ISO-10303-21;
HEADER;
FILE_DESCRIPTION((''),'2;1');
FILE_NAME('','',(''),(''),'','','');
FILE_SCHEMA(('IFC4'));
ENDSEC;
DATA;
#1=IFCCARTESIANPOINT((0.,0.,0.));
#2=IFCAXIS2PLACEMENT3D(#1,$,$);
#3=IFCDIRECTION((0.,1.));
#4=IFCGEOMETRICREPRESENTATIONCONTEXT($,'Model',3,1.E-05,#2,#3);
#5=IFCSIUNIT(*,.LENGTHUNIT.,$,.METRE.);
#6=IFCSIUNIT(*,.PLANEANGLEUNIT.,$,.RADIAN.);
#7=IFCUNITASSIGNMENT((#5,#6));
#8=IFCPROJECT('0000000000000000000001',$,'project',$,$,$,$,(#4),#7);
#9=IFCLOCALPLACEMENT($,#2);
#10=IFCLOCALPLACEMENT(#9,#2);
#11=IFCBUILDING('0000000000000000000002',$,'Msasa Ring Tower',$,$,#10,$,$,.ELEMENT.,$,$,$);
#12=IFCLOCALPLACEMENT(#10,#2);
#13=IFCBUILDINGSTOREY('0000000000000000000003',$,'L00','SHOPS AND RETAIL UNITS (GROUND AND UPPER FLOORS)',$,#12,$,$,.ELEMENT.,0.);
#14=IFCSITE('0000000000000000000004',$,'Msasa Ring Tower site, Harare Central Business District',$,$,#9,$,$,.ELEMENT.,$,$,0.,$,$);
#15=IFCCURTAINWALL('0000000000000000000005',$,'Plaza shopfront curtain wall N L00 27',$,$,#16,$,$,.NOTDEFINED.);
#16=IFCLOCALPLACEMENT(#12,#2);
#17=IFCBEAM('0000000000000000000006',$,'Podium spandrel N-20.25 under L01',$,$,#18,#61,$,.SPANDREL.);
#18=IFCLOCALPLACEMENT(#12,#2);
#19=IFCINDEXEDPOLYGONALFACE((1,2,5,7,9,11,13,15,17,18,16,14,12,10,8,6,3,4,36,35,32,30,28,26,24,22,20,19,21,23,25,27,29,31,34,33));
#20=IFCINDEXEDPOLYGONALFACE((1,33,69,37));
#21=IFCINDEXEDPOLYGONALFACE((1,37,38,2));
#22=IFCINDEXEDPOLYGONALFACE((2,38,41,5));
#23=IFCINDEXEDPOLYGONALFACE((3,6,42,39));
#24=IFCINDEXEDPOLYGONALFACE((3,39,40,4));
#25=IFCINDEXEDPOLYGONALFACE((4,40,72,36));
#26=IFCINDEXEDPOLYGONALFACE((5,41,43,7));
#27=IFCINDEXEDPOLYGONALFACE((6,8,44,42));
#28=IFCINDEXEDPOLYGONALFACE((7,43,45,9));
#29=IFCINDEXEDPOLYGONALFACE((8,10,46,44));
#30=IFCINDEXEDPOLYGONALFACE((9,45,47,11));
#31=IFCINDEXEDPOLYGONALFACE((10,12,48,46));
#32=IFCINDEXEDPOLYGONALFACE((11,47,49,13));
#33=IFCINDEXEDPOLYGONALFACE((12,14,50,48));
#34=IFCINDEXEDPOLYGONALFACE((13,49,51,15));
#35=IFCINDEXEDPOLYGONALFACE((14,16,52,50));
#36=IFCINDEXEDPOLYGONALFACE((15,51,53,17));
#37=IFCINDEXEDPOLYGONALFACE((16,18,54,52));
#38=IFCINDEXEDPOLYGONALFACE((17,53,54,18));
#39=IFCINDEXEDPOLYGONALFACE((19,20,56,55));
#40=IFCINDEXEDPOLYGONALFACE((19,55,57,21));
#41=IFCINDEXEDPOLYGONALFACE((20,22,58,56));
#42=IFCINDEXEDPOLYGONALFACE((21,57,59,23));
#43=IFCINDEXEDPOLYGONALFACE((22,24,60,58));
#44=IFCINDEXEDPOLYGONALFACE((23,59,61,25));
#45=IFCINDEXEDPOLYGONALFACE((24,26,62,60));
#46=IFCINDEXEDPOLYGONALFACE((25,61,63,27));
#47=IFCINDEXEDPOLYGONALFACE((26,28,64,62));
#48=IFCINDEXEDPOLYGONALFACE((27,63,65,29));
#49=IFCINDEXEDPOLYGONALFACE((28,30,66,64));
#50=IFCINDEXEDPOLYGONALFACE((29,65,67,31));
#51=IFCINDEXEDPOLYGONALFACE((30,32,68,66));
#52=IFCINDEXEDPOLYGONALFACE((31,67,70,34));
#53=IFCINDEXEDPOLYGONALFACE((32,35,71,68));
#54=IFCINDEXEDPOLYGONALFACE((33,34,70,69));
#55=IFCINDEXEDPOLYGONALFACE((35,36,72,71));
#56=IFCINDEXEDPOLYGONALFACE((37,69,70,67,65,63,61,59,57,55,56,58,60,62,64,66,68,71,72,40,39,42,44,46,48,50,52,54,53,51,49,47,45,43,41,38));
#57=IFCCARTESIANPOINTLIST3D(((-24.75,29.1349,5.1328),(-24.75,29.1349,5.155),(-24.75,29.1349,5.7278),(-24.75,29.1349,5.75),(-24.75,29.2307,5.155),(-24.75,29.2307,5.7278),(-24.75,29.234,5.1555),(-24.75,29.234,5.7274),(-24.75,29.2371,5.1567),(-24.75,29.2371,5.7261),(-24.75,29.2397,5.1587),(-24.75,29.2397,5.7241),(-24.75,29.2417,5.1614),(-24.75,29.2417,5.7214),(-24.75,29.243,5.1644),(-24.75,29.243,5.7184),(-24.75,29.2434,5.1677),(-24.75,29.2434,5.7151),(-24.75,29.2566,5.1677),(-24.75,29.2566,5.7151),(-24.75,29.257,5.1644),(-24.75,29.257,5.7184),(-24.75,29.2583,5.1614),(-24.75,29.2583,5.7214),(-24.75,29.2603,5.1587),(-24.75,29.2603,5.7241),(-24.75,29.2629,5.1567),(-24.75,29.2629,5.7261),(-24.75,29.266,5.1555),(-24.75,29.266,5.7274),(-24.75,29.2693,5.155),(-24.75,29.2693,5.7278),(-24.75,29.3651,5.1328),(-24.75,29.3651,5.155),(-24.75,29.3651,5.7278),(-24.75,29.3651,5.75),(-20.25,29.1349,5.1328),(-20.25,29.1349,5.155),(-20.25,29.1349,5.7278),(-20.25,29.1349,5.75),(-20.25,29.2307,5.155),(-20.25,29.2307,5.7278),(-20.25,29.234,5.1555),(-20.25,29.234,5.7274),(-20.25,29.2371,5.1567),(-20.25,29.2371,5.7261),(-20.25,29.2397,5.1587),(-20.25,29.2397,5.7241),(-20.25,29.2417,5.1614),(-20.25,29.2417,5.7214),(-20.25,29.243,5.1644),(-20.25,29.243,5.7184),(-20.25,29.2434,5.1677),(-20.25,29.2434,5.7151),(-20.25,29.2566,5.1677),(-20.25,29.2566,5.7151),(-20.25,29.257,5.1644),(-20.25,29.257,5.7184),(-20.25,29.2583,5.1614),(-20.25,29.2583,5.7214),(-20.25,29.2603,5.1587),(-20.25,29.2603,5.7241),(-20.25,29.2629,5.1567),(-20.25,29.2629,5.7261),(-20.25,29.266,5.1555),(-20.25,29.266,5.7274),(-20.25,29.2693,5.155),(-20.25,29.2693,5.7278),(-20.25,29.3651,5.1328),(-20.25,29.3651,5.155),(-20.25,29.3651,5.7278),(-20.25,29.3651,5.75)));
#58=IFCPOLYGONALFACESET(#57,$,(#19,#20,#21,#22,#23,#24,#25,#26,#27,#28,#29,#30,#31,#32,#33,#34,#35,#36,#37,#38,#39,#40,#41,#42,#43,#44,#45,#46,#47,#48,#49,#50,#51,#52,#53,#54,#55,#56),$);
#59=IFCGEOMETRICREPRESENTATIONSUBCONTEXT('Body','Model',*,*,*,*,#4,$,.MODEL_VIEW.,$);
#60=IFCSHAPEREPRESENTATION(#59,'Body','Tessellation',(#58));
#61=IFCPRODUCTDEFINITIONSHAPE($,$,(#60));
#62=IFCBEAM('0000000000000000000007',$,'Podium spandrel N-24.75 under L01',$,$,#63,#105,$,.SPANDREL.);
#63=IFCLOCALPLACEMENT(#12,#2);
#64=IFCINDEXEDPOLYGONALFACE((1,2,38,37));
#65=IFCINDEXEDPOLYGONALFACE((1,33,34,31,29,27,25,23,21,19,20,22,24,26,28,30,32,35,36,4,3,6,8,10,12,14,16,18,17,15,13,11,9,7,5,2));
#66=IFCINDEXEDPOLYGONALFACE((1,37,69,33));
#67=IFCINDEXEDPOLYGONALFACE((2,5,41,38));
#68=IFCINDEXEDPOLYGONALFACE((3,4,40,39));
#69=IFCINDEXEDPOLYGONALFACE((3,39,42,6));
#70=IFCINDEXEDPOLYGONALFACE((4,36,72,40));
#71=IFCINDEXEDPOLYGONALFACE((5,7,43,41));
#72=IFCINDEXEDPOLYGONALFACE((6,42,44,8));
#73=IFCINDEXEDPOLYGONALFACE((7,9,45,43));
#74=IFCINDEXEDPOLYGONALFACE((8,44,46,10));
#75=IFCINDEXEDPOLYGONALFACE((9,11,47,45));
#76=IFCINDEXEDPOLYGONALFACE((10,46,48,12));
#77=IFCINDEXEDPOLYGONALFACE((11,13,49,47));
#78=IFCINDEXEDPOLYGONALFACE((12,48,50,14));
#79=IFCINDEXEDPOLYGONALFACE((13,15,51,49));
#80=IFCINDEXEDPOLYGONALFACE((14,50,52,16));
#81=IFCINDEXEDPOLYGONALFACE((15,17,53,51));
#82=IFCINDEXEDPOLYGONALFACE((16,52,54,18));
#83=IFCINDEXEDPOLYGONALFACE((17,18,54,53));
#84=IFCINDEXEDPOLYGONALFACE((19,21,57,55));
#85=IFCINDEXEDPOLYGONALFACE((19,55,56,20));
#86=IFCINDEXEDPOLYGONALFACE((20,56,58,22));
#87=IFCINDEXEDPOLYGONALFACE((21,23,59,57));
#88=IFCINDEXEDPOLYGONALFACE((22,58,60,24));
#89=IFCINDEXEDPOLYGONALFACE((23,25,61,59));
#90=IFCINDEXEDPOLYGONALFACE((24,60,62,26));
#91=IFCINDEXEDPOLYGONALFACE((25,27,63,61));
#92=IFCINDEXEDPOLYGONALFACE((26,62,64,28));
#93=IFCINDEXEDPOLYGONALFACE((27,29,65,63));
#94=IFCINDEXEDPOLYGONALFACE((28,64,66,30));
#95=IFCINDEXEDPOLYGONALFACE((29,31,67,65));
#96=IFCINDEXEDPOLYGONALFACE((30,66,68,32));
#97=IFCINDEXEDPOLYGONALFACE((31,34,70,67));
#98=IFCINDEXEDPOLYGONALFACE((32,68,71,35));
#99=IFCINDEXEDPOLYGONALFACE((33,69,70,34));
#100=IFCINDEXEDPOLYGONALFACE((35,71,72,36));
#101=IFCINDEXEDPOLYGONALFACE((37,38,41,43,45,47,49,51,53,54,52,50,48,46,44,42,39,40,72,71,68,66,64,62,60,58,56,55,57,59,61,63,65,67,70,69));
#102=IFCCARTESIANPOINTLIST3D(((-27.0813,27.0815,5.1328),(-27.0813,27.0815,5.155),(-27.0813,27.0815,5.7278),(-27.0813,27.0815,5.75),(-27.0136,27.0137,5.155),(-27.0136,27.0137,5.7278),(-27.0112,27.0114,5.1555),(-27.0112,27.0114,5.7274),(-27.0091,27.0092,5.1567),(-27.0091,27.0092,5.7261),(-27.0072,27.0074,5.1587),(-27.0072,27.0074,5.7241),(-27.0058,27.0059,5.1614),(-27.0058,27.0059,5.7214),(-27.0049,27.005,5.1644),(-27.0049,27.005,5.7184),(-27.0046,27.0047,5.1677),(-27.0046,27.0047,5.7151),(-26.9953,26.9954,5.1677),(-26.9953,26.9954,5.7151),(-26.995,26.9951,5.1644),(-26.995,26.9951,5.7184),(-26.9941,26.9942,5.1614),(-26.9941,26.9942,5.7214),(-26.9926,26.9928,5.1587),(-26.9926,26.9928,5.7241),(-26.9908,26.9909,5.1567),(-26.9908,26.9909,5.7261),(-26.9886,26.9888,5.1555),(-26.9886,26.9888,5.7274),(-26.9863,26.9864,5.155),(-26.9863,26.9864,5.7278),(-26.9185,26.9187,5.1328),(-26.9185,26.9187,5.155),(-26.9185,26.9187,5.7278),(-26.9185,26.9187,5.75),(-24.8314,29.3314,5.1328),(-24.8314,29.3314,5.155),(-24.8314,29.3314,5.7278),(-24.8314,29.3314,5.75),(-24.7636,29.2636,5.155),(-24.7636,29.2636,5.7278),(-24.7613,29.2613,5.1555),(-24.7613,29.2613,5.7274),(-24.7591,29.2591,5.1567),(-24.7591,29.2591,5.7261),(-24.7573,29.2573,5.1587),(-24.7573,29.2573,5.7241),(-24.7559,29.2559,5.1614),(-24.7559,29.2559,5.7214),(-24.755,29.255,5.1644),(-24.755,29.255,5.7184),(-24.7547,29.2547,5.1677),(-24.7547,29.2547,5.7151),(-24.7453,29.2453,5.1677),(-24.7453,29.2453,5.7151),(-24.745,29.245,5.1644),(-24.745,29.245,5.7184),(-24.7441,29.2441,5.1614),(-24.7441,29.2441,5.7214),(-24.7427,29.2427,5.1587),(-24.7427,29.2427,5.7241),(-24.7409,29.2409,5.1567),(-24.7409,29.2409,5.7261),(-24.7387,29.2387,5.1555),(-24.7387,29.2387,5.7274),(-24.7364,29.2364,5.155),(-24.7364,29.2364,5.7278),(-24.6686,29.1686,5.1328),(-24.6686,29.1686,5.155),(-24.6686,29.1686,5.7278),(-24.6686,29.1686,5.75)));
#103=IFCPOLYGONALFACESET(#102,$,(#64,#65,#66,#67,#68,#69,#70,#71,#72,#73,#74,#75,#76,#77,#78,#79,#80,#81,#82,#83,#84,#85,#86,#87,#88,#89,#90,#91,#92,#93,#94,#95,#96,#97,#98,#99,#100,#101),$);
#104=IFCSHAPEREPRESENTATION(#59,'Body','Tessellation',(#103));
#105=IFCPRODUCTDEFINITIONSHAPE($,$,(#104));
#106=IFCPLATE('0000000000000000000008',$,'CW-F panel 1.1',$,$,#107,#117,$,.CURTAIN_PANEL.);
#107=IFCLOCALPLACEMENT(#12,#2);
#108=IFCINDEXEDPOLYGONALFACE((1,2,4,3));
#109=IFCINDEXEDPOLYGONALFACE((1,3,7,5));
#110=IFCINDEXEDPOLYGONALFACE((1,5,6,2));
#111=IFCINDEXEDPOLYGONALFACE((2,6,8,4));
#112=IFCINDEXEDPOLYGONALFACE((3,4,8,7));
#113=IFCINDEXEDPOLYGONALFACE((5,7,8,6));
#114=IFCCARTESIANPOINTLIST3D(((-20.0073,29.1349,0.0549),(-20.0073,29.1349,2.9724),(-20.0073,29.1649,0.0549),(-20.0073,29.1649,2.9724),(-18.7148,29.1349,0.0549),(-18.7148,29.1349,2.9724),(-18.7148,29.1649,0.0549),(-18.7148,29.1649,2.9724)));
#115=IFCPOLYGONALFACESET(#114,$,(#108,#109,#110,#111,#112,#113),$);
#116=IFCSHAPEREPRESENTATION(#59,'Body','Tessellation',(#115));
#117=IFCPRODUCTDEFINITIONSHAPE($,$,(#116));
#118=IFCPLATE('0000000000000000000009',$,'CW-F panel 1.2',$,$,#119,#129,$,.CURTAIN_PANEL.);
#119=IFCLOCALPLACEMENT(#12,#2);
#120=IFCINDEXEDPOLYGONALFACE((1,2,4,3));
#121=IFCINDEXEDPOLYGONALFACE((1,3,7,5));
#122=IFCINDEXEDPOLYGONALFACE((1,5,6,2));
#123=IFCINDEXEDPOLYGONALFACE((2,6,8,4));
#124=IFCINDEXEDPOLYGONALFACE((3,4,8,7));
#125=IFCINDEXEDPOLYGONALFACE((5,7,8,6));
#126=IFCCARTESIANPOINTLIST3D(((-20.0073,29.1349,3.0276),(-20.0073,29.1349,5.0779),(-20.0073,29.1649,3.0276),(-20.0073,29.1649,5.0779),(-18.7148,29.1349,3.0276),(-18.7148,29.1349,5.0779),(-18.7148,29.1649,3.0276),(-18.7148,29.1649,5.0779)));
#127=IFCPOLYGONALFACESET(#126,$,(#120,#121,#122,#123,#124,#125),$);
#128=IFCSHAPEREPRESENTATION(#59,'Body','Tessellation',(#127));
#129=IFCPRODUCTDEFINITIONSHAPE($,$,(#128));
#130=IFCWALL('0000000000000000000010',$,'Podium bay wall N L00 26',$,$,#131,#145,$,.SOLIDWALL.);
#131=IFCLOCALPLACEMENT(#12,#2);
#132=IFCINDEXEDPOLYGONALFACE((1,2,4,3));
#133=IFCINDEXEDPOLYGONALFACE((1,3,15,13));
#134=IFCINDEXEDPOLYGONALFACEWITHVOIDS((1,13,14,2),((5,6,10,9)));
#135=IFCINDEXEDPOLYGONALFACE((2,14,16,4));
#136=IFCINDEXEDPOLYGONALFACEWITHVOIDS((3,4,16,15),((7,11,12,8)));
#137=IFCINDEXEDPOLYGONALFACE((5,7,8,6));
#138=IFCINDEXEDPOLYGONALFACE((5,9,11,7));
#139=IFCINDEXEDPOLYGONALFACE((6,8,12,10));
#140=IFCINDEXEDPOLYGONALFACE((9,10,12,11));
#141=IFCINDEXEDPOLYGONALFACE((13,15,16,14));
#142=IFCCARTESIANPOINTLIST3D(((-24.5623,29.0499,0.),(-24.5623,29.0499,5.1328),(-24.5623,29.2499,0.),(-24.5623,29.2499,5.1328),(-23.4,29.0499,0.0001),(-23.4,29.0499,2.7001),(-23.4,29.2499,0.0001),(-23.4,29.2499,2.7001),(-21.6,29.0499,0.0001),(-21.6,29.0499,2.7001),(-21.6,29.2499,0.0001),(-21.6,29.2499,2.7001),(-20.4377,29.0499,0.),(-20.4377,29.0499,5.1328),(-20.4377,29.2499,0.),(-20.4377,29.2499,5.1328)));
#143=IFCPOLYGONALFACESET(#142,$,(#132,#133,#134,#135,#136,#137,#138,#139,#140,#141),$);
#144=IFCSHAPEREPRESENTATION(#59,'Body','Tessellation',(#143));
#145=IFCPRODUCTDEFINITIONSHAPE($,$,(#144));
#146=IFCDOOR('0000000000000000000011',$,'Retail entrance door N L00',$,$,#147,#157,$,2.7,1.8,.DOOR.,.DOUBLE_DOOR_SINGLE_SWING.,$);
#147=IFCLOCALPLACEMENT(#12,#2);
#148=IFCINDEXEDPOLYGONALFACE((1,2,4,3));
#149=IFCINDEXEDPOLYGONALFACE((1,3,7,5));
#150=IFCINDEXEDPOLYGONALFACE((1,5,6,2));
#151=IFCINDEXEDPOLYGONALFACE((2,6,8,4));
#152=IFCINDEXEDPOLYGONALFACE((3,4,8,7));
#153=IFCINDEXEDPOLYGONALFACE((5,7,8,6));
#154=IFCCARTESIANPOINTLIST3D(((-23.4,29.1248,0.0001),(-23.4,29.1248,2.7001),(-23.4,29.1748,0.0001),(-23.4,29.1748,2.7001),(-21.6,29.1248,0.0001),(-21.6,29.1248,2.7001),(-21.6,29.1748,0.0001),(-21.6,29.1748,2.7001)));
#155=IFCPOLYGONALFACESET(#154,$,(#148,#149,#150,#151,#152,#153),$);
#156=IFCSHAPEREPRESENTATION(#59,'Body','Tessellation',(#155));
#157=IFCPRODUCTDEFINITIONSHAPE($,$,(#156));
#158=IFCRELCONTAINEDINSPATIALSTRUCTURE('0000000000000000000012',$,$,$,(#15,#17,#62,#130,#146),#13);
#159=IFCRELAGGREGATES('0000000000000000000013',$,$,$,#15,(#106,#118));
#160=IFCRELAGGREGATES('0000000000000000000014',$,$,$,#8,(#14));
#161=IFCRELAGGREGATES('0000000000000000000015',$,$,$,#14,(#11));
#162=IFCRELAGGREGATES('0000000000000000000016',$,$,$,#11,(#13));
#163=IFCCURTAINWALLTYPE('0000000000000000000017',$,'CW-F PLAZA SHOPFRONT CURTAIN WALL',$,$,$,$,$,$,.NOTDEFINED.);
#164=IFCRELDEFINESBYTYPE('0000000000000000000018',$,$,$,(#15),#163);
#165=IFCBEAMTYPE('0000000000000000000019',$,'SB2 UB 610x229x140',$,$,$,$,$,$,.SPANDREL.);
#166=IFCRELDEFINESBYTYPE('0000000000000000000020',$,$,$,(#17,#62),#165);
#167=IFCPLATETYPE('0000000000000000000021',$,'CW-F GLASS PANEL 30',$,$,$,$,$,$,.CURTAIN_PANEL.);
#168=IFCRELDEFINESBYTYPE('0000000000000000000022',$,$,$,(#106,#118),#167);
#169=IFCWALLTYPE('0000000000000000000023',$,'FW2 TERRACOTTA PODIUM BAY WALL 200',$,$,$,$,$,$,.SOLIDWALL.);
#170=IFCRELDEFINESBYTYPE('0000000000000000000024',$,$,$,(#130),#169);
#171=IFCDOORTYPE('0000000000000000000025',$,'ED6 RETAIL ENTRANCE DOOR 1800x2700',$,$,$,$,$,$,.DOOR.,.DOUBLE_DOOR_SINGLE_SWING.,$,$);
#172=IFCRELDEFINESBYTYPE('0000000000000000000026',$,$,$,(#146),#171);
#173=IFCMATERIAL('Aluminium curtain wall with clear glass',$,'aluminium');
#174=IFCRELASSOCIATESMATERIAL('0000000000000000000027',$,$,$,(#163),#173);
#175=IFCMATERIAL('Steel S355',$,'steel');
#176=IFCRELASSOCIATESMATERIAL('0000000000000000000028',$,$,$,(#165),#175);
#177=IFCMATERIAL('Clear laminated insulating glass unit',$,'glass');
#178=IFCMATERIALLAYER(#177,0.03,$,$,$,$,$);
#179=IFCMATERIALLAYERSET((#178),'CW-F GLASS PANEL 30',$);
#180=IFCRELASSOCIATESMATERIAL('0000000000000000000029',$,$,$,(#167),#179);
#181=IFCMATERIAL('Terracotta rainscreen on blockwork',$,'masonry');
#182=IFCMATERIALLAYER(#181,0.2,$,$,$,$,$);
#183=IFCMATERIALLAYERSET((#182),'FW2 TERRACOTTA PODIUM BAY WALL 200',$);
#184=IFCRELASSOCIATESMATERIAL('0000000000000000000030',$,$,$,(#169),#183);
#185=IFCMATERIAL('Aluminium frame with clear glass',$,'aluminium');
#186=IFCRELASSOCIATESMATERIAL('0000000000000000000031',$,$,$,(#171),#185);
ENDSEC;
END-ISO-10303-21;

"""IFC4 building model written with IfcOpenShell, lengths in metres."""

from ifc_helpers import new_model, si_unit, direction, frame, frame_2d, origin, origin_2d, place, context, subcontext, project, spatial, rectangle, i_section, extrude, material, layer, layer_set, material_profile, profile_set, type_object, element, fill, aggregate, save


model = new_model("IFC4")

# Units and contexts
model_context = context("Model", 3, precision=1e-05, world=origin(), true_north=direction((0.0, 1.0)))
body_context = subcontext(model_context, "Body", "Model", "MODEL_VIEW")
ifc_project = project(units=[si_unit("LENGTHUNIT", "METRE"), si_unit("PLANEANGLEUNIT", "RADIAN")], contexts=[model_context])

# Site, building, storey
site_placement = place(None, origin())
site = spatial("IfcSite", under=ifc_project, at=site_placement, Name="Msasa Ring Tower site, Harare Central Business District", CompositionType="ELEMENT", RefElevation=0.0)
building_placement = place(site_placement, origin())
building = spatial("IfcBuilding", under=site, at=building_placement, Name="Msasa Ring Tower", CompositionType="ELEMENT")
storey_placement = place(building_placement, origin())
storey = spatial("IfcBuildingStorey", under=building, at=storey_placement, Name="L00", Description="SHOPS AND RETAIL UNITS (GROUND AND UPPER FLOORS)", CompositionType="ELEMENT", Elevation=0.0)

# Curtain wall
ifc_material_1 = material(Name="Aluminium curtain wall with clear glass", Category="aluminium")
curtain_wall_type_1 = type_object("IfcCurtainWallType", Name="CW-F PLAZA SHOPFRONT CURTAIN WALL", PredefinedType="NOTDEFINED", material=ifc_material_1)
curtain_wall_1_placement = place(storey_placement, origin())
curtain_wall_1 = element("IfcCurtainWall", 1, at=curtain_wall_1_placement, inside=storey, type_object=curtain_wall_type_1, Name="Plaza shopfront curtain wall N L00 27", PredefinedType="NOTDEFINED")

# Beams
ifc_material_2 = material(Name="Steel S355", Category="steel")
ifc_material_profile_1 = material_profile(ifc_material_2, i_section(OverallWidth=0.2302, OverallDepth=0.6172, WebThickness=0.0132, FlangeThickness=0.0222, FilletRadius=0.0127, at=origin_2d()), Name="UB 610x229x140")
ifc_profile_set_1 = profile_set([ifc_material_profile_1], Name="Steel S355")
beam_type_1 = type_object("IfcBeamType", Name="SB2 UB 610x229x140", PredefinedType="SPANDREL", material=ifc_profile_set_1)
beam_1_placement = place(storey_placement, frame((-20.25, 29.25, 5.4414), z_axis=(-1.0, 0.0, 0.0), x_axis=(0.0, -1.0, 0.0)))
element("IfcBeam", 2, at=beam_1_placement, inside=storey, type_object=beam_type_1, Name="Podium spandrel N-20.25 under L01", PredefinedType="SPANDREL", context=body_context, shape_type="SweptSolid", body=[
    extrude(i_section(OverallWidth=0.2302, OverallDepth=0.6172, WebThickness=0.0132, FlangeThickness=0.0222, FilletRadius=0.0127, at=origin_2d()), origin(), (0.0, 0.0, 1.0), 4.5),
])
beam_2_placement = place(storey_placement, frame((-24.75, 29.25, 5.4414), z_axis=(-0.707107, -0.707107, 0.0), x_axis=(0.707107, -0.707107, 0.0)))
element("IfcBeam", 3, at=beam_2_placement, inside=storey, type_object=beam_type_1, Name="Podium spandrel N-24.75 under L01", PredefinedType="SPANDREL", context=body_context, shape_type="SweptSolid", body=[
    extrude(i_section(OverallWidth=0.2302, OverallDepth=0.6172, WebThickness=0.0132, FlangeThickness=0.0222, FilletRadius=0.0127, at=origin_2d()), origin(), (0.0, 0.0, 1.0), 3.1819),
])

# Plates
ifc_material_3 = material(Name="Clear laminated insulating glass unit", Category="glass")
ifc_layer_1 = layer(ifc_material_3, 0.03)
ifc_layer_set_1 = layer_set([ifc_layer_1], Name="CW-F GLASS PANEL 30")
plate_type = type_object("IfcPlateType", Name="CW-F GLASS PANEL 30", PredefinedType="CURTAIN_PANEL", material=ifc_layer_set_1)
plate_1_placement = place(storey_placement, frame((-19.3611, 29.1499, 0.0549), z_axis=(0.0, 0.0, 1.0), x_axis=(1.0, 0.0, 0.0)))
plate_1 = element("IfcPlate", 4, at=plate_1_placement, type_object=plate_type, Name="CW-F panel 1.1", PredefinedType="CURTAIN_PANEL", context=body_context, shape_type="SweptSolid", body=[
    extrude(rectangle(XDim=1.2925, YDim=0.03, at=origin_2d()), origin(), (0.0, 0.0, 1.0), 2.9175),
])
plate_2_placement = place(storey_placement, frame((-19.3611, 29.1499, 3.0276), z_axis=(0.0, 0.0, 1.0), x_axis=(1.0, 0.0, 0.0)))
plate_2 = element("IfcPlate", 5, at=plate_2_placement, type_object=plate_type, Name="CW-F panel 1.2", PredefinedType="CURTAIN_PANEL", context=body_context, shape_type="SweptSolid", body=[
    extrude(rectangle(XDim=1.2925, YDim=0.03, at=origin_2d()), origin(), (0.0, 0.0, 1.0), 2.0503),
])
aggregate(curtain_wall_1, [plate_1, plate_2])

# Wall, opening, door
ifc_material_4 = material(Name="Terracotta rainscreen on blockwork", Category="masonry")
ifc_layer_2 = layer(ifc_material_4, 0.2)
ifc_layer_set_2 = layer_set([ifc_layer_2], Name="FW2 TERRACOTTA PODIUM BAY WALL 200")
wall_type = type_object("IfcWallType", Name="FW2 TERRACOTTA PODIUM BAY WALL 200", PredefinedType="SOLIDWALL", material=ifc_layer_set_2)
wall_placement = place(storey_placement, frame((-24.5623, 29.1499, 0.0), z_axis=(0.0, 0.0, 1.0), x_axis=(1.0, 0.0, 0.0)))
wall = element("IfcWall", 6, at=wall_placement, inside=storey, type_object=wall_type, Name="Podium bay wall N L00 26", PredefinedType="SOLIDWALL", context=body_context, shape_type="SweptSolid", body=[
    extrude(rectangle(XDim=4.1245, YDim=0.2, at=frame_2d((2.0623, 0.0))), origin(), (0.0, 0.0, 1.0), 5.1328),
])
opening_placement = place(wall_placement, frame((1.1624, 0.0, 0.0)))
opening = element("IfcOpeningElement", 7, at=opening_placement, cuts=wall, PredefinedType="OPENING", context=body_context, shape_type="SweptSolid", body=[
    extrude(rectangle(XDim=1.8, YDim=2.7, at=frame_2d((0.8999, 1.3501))), frame((0.0, 0.1099, 0.0), z_axis=(0.0, -1.0, 0.0), x_axis=(1.0, 0.0, 0.0)), (0.0, 0.0, 1.0), 0.22),
])
ifc_material_5 = material(Name="Aluminium frame with clear glass", Category="aluminium")
door_type = type_object("IfcDoorType", Name="ED6 RETAIL ENTRANCE DOOR 1800x2700", OperationType="DOUBLE_DOOR_SINGLE_SWING", PredefinedType="DOOR", material=ifc_material_5)
door_placement = place(opening_placement, origin())
door = element("IfcDoor", 8, at=door_placement, inside=storey, type_object=door_type, Name="Retail entrance door N L00", OperationType="DOUBLE_DOOR_SINGLE_SWING", OverallHeight=2.7, OverallWidth=1.8, PredefinedType="DOOR", context=body_context, shape_type="SweptSolid", body=[
    extrude(rectangle(XDim=1.8, YDim=2.7, at=frame_2d((0.8999, 1.3501))), frame((0.0, 0.0249, 0.0), z_axis=(0.0, -1.0, 0.0), x_axis=(1.0, 0.0, 0.0)), (0.0, 0.0, 1.0), 0.05),
])
fill(opening, door)

save(model, "model.ifc")
